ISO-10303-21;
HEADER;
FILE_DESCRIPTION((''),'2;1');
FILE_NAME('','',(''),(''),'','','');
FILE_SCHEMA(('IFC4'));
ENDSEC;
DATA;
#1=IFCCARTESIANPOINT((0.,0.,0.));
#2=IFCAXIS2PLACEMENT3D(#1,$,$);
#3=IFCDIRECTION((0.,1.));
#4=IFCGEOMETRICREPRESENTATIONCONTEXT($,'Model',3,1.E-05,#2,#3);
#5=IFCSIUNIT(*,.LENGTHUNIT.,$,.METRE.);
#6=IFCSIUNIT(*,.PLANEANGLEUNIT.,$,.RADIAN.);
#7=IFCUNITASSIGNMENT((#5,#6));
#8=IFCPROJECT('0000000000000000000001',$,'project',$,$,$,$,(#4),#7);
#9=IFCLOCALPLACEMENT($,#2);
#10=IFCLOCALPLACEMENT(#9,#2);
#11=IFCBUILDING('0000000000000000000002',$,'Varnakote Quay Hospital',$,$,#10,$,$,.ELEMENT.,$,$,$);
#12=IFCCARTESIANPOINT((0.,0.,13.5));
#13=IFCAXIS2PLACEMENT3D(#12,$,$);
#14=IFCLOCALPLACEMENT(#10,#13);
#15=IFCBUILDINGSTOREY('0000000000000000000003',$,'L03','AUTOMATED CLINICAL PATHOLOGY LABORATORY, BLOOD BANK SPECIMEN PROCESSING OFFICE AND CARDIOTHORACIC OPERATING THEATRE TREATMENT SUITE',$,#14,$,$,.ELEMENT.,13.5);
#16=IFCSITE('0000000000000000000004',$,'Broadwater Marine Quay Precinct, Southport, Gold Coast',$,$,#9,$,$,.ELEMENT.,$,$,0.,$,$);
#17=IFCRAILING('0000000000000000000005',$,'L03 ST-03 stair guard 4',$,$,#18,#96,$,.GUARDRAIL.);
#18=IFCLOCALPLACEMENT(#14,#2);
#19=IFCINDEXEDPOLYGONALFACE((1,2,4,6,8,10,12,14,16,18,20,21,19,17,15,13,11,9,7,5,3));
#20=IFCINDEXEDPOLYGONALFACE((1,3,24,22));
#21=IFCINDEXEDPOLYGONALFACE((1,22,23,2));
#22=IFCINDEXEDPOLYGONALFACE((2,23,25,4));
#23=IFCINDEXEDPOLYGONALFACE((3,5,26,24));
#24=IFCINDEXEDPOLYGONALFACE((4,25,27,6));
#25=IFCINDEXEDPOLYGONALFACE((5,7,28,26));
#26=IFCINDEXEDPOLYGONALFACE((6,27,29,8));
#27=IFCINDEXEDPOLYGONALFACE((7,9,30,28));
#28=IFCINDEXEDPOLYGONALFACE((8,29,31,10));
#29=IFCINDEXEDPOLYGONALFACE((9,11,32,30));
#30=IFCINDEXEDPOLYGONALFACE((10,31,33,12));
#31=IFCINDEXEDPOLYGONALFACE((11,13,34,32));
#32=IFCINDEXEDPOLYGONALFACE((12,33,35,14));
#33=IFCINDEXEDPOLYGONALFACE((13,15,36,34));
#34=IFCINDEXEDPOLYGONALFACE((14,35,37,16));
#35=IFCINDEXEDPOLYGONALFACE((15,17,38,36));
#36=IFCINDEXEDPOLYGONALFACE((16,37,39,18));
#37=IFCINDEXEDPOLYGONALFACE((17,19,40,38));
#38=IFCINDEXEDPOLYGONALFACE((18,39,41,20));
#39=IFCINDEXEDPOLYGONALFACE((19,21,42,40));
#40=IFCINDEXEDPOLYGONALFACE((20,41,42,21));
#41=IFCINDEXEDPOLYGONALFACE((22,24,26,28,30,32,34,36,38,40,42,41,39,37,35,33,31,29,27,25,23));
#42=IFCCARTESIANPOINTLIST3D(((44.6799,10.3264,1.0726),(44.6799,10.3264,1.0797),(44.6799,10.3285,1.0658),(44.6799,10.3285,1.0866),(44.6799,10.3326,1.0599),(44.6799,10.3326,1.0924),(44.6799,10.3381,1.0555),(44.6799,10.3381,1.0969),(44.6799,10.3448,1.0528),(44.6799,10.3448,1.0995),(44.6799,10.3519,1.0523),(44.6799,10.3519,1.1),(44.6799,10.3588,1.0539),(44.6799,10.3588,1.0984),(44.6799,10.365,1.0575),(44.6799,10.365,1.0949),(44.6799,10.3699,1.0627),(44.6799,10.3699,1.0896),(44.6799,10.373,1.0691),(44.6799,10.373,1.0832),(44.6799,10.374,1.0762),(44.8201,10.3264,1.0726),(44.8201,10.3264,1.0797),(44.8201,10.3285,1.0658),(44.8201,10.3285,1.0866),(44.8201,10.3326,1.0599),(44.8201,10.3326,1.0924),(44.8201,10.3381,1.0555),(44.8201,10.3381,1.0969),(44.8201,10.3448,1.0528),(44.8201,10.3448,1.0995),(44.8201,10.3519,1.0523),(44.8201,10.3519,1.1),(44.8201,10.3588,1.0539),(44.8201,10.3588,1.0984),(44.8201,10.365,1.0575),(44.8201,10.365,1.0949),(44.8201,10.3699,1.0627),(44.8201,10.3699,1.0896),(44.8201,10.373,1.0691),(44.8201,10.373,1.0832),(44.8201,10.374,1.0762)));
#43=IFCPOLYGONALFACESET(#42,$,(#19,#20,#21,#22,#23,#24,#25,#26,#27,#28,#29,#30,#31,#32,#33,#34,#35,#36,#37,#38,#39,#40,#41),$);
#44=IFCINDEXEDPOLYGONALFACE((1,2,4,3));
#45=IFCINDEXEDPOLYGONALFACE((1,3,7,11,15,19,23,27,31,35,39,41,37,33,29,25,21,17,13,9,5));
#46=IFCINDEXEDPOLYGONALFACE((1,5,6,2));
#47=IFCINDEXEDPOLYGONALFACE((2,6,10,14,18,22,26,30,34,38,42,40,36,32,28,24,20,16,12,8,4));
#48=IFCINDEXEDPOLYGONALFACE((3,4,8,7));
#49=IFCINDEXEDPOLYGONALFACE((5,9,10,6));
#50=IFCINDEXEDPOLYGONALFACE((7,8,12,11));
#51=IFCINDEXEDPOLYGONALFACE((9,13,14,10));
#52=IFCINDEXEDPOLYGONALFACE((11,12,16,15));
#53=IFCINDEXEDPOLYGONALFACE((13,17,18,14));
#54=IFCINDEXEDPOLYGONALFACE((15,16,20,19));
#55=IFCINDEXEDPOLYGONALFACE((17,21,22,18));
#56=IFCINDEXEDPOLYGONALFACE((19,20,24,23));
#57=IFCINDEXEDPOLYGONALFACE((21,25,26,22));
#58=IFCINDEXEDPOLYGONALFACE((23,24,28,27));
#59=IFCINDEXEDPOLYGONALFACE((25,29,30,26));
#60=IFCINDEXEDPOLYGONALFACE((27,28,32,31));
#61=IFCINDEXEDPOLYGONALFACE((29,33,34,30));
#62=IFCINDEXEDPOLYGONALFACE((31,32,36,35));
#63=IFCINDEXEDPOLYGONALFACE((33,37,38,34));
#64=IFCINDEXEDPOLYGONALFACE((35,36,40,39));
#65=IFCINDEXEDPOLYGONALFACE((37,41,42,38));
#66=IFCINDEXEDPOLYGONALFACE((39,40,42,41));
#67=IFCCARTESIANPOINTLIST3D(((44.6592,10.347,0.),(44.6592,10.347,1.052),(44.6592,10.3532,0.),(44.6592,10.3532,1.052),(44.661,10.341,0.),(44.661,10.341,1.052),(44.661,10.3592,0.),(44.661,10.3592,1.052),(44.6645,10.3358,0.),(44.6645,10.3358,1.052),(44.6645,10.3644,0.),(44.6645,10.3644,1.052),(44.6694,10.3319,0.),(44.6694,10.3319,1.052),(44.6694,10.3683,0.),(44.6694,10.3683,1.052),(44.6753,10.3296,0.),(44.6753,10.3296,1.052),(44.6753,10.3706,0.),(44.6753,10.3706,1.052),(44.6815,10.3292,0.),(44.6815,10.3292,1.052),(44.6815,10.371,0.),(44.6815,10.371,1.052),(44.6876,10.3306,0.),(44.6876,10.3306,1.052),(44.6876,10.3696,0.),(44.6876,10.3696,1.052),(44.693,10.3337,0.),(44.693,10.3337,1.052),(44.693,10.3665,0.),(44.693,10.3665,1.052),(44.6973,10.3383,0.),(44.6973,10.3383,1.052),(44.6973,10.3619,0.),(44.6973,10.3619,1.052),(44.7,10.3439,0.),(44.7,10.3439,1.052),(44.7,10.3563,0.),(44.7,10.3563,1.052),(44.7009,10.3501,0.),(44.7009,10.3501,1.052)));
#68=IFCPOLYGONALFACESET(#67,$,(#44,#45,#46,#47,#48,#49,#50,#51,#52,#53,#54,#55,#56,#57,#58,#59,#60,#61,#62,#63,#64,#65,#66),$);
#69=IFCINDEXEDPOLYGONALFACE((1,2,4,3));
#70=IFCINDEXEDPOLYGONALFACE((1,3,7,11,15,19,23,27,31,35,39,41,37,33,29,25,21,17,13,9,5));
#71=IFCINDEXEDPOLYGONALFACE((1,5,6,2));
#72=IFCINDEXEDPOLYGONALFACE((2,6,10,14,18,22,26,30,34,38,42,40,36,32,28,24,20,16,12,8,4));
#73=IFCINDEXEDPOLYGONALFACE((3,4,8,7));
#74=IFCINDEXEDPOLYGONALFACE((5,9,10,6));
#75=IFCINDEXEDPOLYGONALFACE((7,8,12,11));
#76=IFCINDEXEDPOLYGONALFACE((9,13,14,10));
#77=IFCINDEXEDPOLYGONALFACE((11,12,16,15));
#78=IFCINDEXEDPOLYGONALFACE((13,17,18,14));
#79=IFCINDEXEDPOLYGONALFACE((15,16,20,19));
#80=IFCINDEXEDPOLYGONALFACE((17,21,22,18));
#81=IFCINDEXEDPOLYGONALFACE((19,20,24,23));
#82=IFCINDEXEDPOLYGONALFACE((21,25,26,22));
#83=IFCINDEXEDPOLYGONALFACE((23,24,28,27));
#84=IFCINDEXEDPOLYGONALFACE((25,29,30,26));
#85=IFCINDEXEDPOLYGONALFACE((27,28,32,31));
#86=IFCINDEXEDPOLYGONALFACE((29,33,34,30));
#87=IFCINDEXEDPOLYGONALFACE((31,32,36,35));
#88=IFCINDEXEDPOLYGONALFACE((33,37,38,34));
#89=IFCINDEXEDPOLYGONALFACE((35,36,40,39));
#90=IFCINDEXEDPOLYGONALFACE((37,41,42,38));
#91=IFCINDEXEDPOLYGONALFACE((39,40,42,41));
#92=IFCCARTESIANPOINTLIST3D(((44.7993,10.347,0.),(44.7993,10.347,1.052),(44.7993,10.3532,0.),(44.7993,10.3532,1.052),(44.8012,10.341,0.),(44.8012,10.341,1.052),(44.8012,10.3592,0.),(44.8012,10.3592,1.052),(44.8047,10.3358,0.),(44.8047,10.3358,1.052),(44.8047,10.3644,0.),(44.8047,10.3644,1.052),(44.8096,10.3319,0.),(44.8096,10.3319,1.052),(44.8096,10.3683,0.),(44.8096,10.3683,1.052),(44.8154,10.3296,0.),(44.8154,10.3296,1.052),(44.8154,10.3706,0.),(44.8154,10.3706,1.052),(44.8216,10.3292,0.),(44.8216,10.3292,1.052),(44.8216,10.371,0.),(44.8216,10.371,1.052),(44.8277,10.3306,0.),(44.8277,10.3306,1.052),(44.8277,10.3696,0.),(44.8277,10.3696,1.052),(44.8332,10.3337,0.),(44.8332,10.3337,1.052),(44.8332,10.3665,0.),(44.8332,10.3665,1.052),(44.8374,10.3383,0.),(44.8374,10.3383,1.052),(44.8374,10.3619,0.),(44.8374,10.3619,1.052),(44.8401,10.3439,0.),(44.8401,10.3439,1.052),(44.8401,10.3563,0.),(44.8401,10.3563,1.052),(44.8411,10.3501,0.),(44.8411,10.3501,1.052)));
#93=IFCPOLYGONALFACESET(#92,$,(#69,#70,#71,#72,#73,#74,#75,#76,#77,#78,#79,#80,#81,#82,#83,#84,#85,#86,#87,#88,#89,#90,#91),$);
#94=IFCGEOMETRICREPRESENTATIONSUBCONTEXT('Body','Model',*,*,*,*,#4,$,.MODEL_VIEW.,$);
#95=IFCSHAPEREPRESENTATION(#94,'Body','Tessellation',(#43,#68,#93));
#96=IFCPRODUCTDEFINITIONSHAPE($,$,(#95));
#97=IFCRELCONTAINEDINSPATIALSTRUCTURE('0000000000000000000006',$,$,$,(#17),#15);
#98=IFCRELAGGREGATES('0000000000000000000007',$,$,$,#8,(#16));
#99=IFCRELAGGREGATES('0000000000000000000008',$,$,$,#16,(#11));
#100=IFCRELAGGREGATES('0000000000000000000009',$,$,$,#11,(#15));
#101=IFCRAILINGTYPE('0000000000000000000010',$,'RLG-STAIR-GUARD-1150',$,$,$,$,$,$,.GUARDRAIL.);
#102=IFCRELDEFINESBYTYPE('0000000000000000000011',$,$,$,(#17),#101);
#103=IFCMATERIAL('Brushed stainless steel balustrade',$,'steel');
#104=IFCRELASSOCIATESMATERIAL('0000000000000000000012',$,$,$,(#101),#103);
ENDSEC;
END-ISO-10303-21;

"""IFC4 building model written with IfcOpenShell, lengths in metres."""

from ifc_helpers import new_model, si_unit, direction, frame, origin, origin_2d, place, context, subcontext, project, spatial, circle, extrude, material, type_object, element, save


model = new_model("IFC4")

# Units and contexts
model_context = context("Model", 3, precision=1e-05, world=origin(), true_north=direction((0.0, 1.0)))
body_context = subcontext(model_context, "Body", "Model", "MODEL_VIEW")
ifc_project = project(units=[si_unit("LENGTHUNIT", "METRE"), si_unit("PLANEANGLEUNIT", "RADIAN")], contexts=[model_context])

# Site, building, storey
site_placement = place(None, origin())
site = spatial("IfcSite", under=ifc_project, at=site_placement, Name="Broadwater Marine Quay Precinct, Southport, Gold Coast", CompositionType="ELEMENT", RefElevation=0.0)
building_placement = place(site_placement, origin())
building = spatial("IfcBuilding", under=site, at=building_placement, Name="Varnakote Quay Hospital", CompositionType="ELEMENT")
storey_placement = place(building_placement, frame((0.0, 0.0, 13.5)))
storey = spatial("IfcBuildingStorey", under=building, at=storey_placement, Name="L03", Description="AUTOMATED CLINICAL PATHOLOGY LABORATORY, BLOOD BANK SPECIMEN PROCESSING OFFICE AND CARDIOTHORACIC OPERATING THEATRE TREATMENT SUITE", CompositionType="ELEMENT", Elevation=13.5)

# Railing
ifc_material_1 = material(Name="Brushed stainless steel balustrade", Category="steel")
railing_type_1 = type_object("IfcRailingType", Name="RLG-STAIR-GUARD-1150", PredefinedType="GUARDRAIL", material=ifc_material_1)
railing_1_placement = place(storey_placement, frame((44.6799, 10.3501, 0.0)))
element("IfcRailing", 1, at=railing_1_placement, inside=storey, type_object=railing_type_1, Name="L03 ST-03 stair guard 4", PredefinedType="GUARDRAIL", context=body_context, shape_type="SweptSolid", body=[
    extrude(circle(Radius=0.0239, at=origin_2d()), frame((0.0, 0.0, 1.0762), z_axis=(1.0, 0.0, 0.0), x_axis=(0.0, 1.0, 0.0)), (0.0, 0.0, 1.0), 0.1401),
    extrude(circle(Radius=0.021, at=origin_2d()), origin(), (0.0, 0.0, 1.0), 1.052),
    extrude(circle(Radius=0.021, at=origin_2d()), frame((0.1401, 0.0, 0.0)), (0.0, 0.0, 1.0), 1.052),
])

save(model, "model.ifc")
